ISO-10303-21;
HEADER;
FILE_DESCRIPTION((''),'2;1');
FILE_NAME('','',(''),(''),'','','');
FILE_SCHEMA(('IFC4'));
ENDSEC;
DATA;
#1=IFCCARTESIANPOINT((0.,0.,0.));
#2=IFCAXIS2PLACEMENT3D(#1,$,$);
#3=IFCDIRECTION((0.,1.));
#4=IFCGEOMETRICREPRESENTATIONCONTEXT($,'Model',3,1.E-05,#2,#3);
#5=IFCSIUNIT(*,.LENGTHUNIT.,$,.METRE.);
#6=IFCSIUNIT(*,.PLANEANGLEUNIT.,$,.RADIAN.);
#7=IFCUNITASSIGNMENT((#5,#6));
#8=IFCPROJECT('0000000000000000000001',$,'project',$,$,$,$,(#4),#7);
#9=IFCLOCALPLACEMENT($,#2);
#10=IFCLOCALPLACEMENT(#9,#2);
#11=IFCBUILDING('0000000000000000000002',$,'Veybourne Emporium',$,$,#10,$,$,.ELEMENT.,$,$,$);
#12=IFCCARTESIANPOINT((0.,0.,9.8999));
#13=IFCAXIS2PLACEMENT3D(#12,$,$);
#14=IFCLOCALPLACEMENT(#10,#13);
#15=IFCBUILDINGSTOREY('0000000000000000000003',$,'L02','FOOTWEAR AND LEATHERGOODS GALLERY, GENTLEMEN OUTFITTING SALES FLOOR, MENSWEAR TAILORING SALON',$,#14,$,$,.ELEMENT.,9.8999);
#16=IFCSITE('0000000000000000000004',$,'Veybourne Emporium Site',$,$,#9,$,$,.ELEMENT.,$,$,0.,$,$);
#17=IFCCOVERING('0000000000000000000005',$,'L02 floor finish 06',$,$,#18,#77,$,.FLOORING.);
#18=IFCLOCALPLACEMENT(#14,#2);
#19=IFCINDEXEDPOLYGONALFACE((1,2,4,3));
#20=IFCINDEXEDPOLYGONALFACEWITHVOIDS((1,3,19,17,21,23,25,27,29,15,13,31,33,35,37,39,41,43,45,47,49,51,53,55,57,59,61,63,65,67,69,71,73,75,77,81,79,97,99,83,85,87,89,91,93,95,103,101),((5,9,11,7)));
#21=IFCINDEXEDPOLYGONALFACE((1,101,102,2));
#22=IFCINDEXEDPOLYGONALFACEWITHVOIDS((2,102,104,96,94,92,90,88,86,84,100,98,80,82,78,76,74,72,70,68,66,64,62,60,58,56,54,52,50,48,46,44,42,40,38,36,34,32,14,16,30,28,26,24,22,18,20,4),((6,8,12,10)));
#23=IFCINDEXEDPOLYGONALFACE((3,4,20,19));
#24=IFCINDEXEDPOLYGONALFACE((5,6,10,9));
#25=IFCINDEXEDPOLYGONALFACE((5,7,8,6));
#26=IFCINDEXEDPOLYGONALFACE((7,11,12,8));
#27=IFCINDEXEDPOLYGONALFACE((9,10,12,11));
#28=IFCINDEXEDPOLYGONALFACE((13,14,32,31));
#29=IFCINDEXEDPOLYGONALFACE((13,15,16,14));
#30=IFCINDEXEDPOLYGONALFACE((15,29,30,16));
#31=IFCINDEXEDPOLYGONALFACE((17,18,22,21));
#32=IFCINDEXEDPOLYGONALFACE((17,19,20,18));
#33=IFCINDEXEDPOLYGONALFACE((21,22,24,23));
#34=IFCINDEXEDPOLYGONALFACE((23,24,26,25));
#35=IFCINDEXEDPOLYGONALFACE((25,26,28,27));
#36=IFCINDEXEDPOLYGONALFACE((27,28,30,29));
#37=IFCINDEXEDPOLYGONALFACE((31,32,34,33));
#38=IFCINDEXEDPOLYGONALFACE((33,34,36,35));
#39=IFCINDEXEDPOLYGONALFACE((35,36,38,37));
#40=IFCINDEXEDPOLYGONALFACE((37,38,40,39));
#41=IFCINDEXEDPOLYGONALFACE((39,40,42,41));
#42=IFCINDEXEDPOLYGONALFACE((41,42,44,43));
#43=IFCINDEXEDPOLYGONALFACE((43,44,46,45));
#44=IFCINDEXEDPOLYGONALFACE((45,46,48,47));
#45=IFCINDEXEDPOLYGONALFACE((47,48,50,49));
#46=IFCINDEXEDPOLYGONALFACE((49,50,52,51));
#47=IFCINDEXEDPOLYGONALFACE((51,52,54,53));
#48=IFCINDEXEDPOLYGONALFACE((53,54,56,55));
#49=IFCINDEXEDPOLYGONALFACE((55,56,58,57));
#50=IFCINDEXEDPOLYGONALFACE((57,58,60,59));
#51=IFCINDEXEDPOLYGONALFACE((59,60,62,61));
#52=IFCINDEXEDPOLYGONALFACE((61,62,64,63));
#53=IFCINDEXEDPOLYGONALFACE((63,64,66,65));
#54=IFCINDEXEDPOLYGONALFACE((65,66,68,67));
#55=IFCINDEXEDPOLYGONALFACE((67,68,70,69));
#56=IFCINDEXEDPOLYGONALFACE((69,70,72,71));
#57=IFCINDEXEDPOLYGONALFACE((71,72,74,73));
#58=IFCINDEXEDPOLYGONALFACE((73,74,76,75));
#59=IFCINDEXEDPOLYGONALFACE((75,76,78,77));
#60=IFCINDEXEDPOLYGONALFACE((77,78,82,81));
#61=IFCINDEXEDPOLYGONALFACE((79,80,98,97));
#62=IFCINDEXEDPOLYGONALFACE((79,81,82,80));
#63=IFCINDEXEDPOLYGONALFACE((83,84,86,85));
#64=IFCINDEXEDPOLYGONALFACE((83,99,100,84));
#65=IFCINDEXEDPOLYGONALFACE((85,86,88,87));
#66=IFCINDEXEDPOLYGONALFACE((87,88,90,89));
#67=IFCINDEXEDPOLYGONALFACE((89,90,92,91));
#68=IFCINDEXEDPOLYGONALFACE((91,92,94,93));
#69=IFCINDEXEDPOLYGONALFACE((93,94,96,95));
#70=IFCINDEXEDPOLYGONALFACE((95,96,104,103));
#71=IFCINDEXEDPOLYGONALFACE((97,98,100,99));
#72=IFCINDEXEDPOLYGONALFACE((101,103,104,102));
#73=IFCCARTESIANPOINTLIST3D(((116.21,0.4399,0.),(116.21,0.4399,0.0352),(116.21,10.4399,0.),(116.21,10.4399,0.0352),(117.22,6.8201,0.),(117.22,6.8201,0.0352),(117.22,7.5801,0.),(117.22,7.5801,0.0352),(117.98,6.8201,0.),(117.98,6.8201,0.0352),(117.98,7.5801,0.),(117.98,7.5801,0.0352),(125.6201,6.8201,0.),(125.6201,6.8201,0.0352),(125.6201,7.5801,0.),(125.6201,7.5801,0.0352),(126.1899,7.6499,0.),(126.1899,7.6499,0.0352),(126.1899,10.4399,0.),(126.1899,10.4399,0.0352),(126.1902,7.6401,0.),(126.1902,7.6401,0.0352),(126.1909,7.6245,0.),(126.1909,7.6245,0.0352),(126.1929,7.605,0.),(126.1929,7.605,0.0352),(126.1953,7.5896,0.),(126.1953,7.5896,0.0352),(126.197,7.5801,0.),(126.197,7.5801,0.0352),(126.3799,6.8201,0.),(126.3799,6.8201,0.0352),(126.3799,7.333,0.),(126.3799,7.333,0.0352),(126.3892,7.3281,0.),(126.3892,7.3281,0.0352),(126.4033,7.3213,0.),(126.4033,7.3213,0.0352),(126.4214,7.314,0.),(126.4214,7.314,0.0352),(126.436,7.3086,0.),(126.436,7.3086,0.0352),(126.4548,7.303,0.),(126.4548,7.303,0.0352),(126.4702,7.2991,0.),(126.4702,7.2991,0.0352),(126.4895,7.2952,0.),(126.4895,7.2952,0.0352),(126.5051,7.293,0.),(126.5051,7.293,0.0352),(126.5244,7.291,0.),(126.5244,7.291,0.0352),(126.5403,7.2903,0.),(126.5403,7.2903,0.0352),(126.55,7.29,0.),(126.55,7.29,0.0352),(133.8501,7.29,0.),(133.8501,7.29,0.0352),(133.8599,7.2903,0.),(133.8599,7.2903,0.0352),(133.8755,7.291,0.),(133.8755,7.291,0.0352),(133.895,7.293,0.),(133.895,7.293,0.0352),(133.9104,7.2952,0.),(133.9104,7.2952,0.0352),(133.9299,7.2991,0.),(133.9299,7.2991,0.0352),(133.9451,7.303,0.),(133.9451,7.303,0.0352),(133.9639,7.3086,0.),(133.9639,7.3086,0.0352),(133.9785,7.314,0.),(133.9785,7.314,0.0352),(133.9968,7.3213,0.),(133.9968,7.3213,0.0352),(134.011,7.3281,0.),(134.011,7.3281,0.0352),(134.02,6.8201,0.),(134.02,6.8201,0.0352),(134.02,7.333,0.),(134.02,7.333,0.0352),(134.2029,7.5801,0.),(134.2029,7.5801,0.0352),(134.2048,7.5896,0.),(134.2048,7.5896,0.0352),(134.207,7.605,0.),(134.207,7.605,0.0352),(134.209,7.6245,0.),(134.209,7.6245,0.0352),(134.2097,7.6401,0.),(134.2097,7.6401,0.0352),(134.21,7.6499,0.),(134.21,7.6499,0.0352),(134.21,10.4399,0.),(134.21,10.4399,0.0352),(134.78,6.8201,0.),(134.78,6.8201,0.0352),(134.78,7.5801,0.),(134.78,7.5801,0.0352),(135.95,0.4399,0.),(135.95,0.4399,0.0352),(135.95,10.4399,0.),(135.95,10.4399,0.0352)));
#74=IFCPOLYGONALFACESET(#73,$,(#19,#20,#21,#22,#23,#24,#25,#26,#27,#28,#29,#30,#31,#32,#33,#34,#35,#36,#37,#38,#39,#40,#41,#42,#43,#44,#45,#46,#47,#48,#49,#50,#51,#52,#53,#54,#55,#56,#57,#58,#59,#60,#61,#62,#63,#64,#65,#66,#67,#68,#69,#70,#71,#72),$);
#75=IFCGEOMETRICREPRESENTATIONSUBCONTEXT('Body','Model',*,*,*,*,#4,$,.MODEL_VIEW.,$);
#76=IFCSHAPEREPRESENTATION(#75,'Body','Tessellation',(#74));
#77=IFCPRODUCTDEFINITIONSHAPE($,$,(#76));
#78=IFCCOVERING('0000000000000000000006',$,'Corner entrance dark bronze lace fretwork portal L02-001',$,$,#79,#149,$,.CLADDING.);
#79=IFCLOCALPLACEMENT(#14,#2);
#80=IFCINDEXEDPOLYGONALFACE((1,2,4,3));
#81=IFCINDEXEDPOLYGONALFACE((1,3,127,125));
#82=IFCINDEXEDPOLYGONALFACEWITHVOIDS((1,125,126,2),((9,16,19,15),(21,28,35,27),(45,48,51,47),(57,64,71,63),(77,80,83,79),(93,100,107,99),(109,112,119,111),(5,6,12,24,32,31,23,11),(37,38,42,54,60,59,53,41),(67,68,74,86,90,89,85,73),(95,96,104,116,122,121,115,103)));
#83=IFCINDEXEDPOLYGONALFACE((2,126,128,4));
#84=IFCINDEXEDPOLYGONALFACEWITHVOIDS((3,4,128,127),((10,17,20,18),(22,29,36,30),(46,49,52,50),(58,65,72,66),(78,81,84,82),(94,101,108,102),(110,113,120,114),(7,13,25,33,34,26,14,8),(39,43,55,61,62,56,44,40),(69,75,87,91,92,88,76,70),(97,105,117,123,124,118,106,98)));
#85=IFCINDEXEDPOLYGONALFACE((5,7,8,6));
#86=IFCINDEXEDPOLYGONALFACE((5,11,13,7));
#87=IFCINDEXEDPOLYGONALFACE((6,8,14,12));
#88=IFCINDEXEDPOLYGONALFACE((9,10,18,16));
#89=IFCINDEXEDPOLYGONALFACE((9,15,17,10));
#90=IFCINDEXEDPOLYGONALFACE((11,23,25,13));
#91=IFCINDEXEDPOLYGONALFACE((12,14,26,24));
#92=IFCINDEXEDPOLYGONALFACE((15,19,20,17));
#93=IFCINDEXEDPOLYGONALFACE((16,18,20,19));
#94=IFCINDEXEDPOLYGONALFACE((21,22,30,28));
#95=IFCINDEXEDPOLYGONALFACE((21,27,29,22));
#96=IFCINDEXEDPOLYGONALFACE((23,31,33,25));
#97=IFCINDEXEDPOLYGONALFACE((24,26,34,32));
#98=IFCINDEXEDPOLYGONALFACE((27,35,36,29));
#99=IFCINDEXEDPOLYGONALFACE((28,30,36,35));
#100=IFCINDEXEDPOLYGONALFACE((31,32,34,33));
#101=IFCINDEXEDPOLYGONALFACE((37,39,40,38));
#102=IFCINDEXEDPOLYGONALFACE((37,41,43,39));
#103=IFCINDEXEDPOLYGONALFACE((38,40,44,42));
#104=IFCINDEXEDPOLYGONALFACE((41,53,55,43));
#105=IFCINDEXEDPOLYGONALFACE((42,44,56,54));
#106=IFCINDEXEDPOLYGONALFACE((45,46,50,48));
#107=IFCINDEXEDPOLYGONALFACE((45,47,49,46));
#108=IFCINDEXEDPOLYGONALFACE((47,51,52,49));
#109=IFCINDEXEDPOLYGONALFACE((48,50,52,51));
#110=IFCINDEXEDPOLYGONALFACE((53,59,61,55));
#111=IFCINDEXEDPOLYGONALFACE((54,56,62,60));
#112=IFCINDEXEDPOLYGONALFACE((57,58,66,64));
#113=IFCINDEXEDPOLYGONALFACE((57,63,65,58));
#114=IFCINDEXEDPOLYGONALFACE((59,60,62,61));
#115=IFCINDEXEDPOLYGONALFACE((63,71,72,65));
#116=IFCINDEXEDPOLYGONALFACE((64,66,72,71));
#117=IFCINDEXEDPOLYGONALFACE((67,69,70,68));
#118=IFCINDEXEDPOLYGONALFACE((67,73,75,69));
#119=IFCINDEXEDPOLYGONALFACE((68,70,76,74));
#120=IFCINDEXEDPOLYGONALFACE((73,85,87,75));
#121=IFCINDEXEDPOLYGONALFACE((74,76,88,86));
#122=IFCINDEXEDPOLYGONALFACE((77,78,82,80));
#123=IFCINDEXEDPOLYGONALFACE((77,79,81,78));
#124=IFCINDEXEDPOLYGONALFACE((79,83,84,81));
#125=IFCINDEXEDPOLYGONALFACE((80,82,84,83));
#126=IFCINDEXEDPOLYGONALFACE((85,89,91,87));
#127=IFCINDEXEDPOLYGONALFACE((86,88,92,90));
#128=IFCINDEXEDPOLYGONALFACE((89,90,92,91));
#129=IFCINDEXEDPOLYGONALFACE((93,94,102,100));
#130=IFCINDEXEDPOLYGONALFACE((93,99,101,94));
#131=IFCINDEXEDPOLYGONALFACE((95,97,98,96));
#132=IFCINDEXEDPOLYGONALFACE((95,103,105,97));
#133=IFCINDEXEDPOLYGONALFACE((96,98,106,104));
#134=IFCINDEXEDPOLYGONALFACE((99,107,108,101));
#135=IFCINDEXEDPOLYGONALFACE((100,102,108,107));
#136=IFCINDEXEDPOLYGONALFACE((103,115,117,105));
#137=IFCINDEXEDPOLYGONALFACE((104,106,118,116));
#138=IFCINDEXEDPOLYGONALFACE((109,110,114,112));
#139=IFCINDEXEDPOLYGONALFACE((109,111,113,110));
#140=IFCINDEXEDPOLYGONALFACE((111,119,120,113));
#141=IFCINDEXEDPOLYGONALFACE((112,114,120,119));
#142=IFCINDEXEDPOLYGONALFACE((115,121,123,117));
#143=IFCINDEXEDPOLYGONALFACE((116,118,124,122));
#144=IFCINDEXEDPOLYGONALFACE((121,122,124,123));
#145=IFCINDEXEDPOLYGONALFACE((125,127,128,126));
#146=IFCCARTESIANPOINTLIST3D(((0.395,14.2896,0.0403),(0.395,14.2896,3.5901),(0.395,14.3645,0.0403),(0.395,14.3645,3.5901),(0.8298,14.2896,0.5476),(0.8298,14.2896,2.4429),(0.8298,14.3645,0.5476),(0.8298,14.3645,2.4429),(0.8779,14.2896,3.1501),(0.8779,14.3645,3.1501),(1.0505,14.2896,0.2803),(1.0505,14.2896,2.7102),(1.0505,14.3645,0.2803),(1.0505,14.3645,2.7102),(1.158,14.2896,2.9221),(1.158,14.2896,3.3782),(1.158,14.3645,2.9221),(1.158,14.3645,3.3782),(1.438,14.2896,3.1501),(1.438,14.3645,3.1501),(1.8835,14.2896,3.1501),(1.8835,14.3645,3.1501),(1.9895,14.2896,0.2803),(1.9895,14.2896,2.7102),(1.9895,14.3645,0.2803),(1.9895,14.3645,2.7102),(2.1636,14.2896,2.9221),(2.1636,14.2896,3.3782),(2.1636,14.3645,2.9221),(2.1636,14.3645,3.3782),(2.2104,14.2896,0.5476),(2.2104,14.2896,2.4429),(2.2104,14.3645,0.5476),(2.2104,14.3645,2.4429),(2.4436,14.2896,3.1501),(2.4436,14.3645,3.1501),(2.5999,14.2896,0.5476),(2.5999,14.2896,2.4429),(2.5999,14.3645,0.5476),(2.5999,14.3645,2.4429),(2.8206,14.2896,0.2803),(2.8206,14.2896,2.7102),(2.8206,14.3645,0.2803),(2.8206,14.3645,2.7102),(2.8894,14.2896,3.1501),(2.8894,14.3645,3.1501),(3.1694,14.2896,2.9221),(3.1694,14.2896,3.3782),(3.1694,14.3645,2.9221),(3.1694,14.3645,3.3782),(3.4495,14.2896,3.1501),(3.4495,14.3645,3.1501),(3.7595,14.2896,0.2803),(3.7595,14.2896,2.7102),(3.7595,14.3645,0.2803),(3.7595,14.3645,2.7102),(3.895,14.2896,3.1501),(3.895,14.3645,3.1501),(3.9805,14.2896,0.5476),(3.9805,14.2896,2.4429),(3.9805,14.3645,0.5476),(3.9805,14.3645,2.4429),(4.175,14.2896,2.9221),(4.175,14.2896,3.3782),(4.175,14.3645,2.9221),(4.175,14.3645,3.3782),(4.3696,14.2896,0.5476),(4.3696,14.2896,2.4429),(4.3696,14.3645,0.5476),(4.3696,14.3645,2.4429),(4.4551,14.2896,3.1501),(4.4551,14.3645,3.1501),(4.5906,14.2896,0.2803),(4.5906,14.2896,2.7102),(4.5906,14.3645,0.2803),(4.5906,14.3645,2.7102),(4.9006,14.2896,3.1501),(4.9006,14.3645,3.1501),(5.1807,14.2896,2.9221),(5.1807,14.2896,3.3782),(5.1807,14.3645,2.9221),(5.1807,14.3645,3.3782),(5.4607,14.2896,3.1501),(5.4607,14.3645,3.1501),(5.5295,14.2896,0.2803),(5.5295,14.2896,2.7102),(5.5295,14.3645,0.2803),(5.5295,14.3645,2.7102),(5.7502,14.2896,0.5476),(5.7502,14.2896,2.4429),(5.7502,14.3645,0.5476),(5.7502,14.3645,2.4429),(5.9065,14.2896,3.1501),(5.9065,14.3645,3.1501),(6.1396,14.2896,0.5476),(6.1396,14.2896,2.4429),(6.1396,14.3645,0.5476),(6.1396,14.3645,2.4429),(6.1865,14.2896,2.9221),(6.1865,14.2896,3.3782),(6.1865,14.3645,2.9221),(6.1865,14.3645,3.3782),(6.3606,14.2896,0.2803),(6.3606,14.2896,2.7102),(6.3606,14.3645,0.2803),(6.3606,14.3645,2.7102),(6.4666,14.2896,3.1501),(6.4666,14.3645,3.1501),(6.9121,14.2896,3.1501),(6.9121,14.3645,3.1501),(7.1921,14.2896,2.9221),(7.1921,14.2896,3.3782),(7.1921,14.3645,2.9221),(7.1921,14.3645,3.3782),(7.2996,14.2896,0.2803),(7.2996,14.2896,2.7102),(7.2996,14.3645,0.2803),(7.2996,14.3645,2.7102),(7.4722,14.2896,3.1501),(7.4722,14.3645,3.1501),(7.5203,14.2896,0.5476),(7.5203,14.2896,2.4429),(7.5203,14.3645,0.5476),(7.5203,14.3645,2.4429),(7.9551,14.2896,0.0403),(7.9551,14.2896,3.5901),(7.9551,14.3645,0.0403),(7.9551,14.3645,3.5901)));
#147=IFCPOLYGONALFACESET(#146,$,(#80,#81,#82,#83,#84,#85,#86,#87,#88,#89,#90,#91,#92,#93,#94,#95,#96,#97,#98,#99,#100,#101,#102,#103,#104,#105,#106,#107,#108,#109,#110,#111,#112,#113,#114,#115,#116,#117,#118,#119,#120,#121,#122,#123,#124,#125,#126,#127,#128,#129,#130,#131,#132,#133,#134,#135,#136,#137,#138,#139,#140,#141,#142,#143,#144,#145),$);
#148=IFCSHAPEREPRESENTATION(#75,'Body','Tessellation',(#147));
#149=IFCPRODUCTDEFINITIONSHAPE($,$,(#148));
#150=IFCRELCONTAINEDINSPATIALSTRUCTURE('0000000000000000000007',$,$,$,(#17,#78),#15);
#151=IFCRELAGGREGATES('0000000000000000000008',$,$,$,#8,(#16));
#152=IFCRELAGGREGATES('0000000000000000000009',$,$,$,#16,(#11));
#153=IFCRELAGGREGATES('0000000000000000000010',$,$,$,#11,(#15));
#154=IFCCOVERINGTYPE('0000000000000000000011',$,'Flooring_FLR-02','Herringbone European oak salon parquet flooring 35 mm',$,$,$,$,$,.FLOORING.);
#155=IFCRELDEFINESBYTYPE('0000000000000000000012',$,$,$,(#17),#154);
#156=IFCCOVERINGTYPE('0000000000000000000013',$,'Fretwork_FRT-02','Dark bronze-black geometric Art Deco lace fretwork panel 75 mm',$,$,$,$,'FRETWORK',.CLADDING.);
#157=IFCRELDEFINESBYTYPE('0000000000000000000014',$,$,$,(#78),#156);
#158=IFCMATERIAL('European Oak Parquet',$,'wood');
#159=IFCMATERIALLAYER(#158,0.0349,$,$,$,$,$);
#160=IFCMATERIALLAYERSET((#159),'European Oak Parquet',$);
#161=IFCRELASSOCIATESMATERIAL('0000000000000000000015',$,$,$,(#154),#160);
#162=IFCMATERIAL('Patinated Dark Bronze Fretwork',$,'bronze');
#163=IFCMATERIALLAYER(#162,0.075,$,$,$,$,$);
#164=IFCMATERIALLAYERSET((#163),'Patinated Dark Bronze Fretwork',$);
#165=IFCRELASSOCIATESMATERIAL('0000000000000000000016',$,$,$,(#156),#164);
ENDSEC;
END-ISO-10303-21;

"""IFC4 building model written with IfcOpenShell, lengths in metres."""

from ifc_helpers import new_model, si_unit, direction, frame, origin, place, context, subcontext, project, spatial, polyline, outline, extrude, material, layer, layer_set, type_object, element, save


model = new_model("IFC4")

# Units and contexts
model_context = context("Model", 3, precision=1e-05, world=origin(), true_north=direction((0.0, 1.0)))
body_context = subcontext(model_context, "Body", "Model", "MODEL_VIEW")
ifc_project = project(units=[si_unit("LENGTHUNIT", "METRE"), si_unit("PLANEANGLEUNIT", "RADIAN")], contexts=[model_context])

# Site, building, storey
site_placement = place(None, origin())
site = spatial("IfcSite", under=ifc_project, at=site_placement, Name="Veybourne Emporium Site", CompositionType="ELEMENT", RefElevation=0.0)
building_placement = place(site_placement, origin())
building = spatial("IfcBuilding", under=site, at=building_placement, Name="Veybourne Emporium", CompositionType="ELEMENT")
storey_placement = place(building_placement, frame((0.0, 0.0, 9.8999)))
storey = spatial("IfcBuildingStorey", under=building, at=storey_placement, Name="L02", Description="FOOTWEAR AND LEATHERGOODS GALLERY, GENTLEMEN OUTFITTING SALES FLOOR, MENSWEAR TAILORING SALON", CompositionType="ELEMENT", Elevation=9.8999)

# Coverings
ifc_material_1 = material(Name="European Oak Parquet", Category="wood")
ifc_layer_1 = layer(ifc_material_1, 0.0349)
ifc_layer_set_1 = layer_set([ifc_layer_1], Name="European Oak Parquet")
covering_type_1 = type_object("IfcCoveringType", Name="Flooring_FLR-02", Description="Herringbone European oak salon parquet flooring 35 mm", PredefinedType="FLOORING", material=ifc_layer_set_1)
covering_1_placement = place(storey_placement, origin())
element("IfcCovering", 1, at=covering_1_placement, inside=storey, type_object=covering_type_1, Name="L02 floor finish 06", PredefinedType="FLOORING", context=body_context, shape_type="SweptSolid", body=[
    extrude(outline(polyline([(126.1899, 10.4399), (126.1899, 7.6499), (126.1902, 7.6401), (126.1909, 7.6245), (126.1929, 7.605), (126.1953, 7.5896), (126.197, 7.5801), (125.6201, 7.5801), (125.6201, 6.8201), (126.3799, 6.8201), (126.3799, 7.333), (126.3892, 7.3281), (126.4033, 7.3213), (126.4214, 7.314), (126.436, 7.3086), (126.4548, 7.303), (126.4702, 7.2991), (126.4895, 7.2952), (126.5051, 7.293), (126.5244, 7.291), (126.5403, 7.2903), (126.55, 7.29), (133.8501, 7.29), (133.8599, 7.2903), (133.8755, 7.291), (133.895, 7.293), (133.9104, 7.2952), (133.9299, 7.2991), (133.9451, 7.303), (133.9639, 7.3086), (133.9785, 7.314), (133.9968, 7.3213), (134.011, 7.3281), (134.02, 7.333), (134.02, 6.8201), (134.78, 6.8201), (134.78, 7.5801), (134.2029, 7.5801), (134.2048, 7.5896), (134.207, 7.605), (134.209, 7.6245), (134.2097, 7.6401), (134.21, 7.6499), (134.21, 10.4399), (135.95, 10.4399), (135.95, 0.4399), (116.21, 0.4399), (116.21, 10.4399), (126.1899, 10.4399)]), holes=[polyline([(117.98, 7.5801), (117.22, 7.5801), (117.22, 6.8201), (117.98, 6.8201), (117.98, 7.5801)])]), origin(), (0.0, 0.0, 1.0), 0.0352),
])
ifc_material_2 = material(Name="Patinated Dark Bronze Fretwork", Category="bronze")
ifc_layer_2 = layer(ifc_material_2, 0.075)
ifc_layer_set_2 = layer_set([ifc_layer_2], Name="Patinated Dark Bronze Fretwork")
covering_type_2 = type_object("IfcCoveringType", Name="Fretwork_FRT-02", Description="Dark bronze-black geometric Art Deco lace fretwork panel 75 mm", ElementType="FRETWORK", PredefinedType="CLADDING", material=ifc_layer_set_2)
covering_2_placement = place(storey_placement, frame((4.175, 14.2896, 1.8152), z_axis=(0.0, 1.0, 0.0), x_axis=(-1.0, 0.0, 0.0)))
element("IfcCovering", 2, at=covering_2_placement, inside=storey, type_object=covering_type_2, Name="Corner entrance dark bronze lace fretwork portal L02-001", PredefinedType="CLADDING", context=body_context, shape_type="SweptSolid", body=[
    extrude(outline(polyline([(-3.78, -1.7749), (3.78, -1.7749), (3.78, 1.7749), (-3.78, 1.7749), (-3.78, -1.7749)]), holes=[polyline([(-3.1245, 0.895), (-2.1855, 0.895), (-1.9646, 0.6277), (-1.9646, -1.2676), (-2.1855, -1.5349), (-3.1245, -1.5349), (-3.3452, -1.2676), (-3.3452, 0.6277), (-3.1245, 0.895)]), polyline([(-1.3545, 0.895), (-0.4155, 0.895), (-0.1946, 0.6277), (-0.1946, -1.2676), (-0.4155, -1.5349), (-1.3545, -1.5349), (-1.5752, -1.2676), (-1.5752, 0.6277), (-1.3545, 0.895)]), polyline([(0.4155, 0.895), (1.3545, 0.895), (1.5752, 0.6277), (1.5752, -1.2676), (1.3545, -1.5349), (0.4155, -1.5349), (0.1946, -1.2676), (0.1946, 0.6277), (0.4155, 0.895)]), polyline([(2.1855, 0.895), (3.1245, 0.895), (3.3452, 0.6277), (3.3452, -1.2676), (3.1245, -1.5349), (2.1855, -1.5349), (1.9646, -1.2676), (1.9646, 0.6277), (2.1855, 0.895)]), polyline([(-3.0171, 1.563), (-2.7371, 1.335), (-3.0171, 1.1069), (-3.2971, 1.335), (-3.0171, 1.563)]), polyline([(-2.0115, 1.563), (-1.7314, 1.335), (-2.0115, 1.1069), (-2.2915, 1.335), (-2.0115, 1.563)]), polyline([(-1.0056, 1.563), (-0.7256, 1.335), (-1.0056, 1.1069), (-1.2856, 1.335), (-1.0056, 1.563)]), polyline([(0.0, 1.563), (0.28, 1.335), (0.0, 1.1069), (-0.28, 1.335), (0.0, 1.563)]), polyline([(1.0056, 1.563), (1.2856, 1.335), (1.0056, 1.1069), (0.7256, 1.335), (1.0056, 1.563)]), polyline([(2.0115, 1.563), (2.2915, 1.335), (2.0115, 1.1069), (1.7314, 1.335), (2.0115, 1.563)]), polyline([(3.0171, 1.563), (3.2971, 1.335), (3.0171, 1.1069), (2.7371, 1.335), (3.0171, 1.563)])]), origin(), (0.0, 0.0, 1.0), 0.075),
])

save(model, "model.ifc")
